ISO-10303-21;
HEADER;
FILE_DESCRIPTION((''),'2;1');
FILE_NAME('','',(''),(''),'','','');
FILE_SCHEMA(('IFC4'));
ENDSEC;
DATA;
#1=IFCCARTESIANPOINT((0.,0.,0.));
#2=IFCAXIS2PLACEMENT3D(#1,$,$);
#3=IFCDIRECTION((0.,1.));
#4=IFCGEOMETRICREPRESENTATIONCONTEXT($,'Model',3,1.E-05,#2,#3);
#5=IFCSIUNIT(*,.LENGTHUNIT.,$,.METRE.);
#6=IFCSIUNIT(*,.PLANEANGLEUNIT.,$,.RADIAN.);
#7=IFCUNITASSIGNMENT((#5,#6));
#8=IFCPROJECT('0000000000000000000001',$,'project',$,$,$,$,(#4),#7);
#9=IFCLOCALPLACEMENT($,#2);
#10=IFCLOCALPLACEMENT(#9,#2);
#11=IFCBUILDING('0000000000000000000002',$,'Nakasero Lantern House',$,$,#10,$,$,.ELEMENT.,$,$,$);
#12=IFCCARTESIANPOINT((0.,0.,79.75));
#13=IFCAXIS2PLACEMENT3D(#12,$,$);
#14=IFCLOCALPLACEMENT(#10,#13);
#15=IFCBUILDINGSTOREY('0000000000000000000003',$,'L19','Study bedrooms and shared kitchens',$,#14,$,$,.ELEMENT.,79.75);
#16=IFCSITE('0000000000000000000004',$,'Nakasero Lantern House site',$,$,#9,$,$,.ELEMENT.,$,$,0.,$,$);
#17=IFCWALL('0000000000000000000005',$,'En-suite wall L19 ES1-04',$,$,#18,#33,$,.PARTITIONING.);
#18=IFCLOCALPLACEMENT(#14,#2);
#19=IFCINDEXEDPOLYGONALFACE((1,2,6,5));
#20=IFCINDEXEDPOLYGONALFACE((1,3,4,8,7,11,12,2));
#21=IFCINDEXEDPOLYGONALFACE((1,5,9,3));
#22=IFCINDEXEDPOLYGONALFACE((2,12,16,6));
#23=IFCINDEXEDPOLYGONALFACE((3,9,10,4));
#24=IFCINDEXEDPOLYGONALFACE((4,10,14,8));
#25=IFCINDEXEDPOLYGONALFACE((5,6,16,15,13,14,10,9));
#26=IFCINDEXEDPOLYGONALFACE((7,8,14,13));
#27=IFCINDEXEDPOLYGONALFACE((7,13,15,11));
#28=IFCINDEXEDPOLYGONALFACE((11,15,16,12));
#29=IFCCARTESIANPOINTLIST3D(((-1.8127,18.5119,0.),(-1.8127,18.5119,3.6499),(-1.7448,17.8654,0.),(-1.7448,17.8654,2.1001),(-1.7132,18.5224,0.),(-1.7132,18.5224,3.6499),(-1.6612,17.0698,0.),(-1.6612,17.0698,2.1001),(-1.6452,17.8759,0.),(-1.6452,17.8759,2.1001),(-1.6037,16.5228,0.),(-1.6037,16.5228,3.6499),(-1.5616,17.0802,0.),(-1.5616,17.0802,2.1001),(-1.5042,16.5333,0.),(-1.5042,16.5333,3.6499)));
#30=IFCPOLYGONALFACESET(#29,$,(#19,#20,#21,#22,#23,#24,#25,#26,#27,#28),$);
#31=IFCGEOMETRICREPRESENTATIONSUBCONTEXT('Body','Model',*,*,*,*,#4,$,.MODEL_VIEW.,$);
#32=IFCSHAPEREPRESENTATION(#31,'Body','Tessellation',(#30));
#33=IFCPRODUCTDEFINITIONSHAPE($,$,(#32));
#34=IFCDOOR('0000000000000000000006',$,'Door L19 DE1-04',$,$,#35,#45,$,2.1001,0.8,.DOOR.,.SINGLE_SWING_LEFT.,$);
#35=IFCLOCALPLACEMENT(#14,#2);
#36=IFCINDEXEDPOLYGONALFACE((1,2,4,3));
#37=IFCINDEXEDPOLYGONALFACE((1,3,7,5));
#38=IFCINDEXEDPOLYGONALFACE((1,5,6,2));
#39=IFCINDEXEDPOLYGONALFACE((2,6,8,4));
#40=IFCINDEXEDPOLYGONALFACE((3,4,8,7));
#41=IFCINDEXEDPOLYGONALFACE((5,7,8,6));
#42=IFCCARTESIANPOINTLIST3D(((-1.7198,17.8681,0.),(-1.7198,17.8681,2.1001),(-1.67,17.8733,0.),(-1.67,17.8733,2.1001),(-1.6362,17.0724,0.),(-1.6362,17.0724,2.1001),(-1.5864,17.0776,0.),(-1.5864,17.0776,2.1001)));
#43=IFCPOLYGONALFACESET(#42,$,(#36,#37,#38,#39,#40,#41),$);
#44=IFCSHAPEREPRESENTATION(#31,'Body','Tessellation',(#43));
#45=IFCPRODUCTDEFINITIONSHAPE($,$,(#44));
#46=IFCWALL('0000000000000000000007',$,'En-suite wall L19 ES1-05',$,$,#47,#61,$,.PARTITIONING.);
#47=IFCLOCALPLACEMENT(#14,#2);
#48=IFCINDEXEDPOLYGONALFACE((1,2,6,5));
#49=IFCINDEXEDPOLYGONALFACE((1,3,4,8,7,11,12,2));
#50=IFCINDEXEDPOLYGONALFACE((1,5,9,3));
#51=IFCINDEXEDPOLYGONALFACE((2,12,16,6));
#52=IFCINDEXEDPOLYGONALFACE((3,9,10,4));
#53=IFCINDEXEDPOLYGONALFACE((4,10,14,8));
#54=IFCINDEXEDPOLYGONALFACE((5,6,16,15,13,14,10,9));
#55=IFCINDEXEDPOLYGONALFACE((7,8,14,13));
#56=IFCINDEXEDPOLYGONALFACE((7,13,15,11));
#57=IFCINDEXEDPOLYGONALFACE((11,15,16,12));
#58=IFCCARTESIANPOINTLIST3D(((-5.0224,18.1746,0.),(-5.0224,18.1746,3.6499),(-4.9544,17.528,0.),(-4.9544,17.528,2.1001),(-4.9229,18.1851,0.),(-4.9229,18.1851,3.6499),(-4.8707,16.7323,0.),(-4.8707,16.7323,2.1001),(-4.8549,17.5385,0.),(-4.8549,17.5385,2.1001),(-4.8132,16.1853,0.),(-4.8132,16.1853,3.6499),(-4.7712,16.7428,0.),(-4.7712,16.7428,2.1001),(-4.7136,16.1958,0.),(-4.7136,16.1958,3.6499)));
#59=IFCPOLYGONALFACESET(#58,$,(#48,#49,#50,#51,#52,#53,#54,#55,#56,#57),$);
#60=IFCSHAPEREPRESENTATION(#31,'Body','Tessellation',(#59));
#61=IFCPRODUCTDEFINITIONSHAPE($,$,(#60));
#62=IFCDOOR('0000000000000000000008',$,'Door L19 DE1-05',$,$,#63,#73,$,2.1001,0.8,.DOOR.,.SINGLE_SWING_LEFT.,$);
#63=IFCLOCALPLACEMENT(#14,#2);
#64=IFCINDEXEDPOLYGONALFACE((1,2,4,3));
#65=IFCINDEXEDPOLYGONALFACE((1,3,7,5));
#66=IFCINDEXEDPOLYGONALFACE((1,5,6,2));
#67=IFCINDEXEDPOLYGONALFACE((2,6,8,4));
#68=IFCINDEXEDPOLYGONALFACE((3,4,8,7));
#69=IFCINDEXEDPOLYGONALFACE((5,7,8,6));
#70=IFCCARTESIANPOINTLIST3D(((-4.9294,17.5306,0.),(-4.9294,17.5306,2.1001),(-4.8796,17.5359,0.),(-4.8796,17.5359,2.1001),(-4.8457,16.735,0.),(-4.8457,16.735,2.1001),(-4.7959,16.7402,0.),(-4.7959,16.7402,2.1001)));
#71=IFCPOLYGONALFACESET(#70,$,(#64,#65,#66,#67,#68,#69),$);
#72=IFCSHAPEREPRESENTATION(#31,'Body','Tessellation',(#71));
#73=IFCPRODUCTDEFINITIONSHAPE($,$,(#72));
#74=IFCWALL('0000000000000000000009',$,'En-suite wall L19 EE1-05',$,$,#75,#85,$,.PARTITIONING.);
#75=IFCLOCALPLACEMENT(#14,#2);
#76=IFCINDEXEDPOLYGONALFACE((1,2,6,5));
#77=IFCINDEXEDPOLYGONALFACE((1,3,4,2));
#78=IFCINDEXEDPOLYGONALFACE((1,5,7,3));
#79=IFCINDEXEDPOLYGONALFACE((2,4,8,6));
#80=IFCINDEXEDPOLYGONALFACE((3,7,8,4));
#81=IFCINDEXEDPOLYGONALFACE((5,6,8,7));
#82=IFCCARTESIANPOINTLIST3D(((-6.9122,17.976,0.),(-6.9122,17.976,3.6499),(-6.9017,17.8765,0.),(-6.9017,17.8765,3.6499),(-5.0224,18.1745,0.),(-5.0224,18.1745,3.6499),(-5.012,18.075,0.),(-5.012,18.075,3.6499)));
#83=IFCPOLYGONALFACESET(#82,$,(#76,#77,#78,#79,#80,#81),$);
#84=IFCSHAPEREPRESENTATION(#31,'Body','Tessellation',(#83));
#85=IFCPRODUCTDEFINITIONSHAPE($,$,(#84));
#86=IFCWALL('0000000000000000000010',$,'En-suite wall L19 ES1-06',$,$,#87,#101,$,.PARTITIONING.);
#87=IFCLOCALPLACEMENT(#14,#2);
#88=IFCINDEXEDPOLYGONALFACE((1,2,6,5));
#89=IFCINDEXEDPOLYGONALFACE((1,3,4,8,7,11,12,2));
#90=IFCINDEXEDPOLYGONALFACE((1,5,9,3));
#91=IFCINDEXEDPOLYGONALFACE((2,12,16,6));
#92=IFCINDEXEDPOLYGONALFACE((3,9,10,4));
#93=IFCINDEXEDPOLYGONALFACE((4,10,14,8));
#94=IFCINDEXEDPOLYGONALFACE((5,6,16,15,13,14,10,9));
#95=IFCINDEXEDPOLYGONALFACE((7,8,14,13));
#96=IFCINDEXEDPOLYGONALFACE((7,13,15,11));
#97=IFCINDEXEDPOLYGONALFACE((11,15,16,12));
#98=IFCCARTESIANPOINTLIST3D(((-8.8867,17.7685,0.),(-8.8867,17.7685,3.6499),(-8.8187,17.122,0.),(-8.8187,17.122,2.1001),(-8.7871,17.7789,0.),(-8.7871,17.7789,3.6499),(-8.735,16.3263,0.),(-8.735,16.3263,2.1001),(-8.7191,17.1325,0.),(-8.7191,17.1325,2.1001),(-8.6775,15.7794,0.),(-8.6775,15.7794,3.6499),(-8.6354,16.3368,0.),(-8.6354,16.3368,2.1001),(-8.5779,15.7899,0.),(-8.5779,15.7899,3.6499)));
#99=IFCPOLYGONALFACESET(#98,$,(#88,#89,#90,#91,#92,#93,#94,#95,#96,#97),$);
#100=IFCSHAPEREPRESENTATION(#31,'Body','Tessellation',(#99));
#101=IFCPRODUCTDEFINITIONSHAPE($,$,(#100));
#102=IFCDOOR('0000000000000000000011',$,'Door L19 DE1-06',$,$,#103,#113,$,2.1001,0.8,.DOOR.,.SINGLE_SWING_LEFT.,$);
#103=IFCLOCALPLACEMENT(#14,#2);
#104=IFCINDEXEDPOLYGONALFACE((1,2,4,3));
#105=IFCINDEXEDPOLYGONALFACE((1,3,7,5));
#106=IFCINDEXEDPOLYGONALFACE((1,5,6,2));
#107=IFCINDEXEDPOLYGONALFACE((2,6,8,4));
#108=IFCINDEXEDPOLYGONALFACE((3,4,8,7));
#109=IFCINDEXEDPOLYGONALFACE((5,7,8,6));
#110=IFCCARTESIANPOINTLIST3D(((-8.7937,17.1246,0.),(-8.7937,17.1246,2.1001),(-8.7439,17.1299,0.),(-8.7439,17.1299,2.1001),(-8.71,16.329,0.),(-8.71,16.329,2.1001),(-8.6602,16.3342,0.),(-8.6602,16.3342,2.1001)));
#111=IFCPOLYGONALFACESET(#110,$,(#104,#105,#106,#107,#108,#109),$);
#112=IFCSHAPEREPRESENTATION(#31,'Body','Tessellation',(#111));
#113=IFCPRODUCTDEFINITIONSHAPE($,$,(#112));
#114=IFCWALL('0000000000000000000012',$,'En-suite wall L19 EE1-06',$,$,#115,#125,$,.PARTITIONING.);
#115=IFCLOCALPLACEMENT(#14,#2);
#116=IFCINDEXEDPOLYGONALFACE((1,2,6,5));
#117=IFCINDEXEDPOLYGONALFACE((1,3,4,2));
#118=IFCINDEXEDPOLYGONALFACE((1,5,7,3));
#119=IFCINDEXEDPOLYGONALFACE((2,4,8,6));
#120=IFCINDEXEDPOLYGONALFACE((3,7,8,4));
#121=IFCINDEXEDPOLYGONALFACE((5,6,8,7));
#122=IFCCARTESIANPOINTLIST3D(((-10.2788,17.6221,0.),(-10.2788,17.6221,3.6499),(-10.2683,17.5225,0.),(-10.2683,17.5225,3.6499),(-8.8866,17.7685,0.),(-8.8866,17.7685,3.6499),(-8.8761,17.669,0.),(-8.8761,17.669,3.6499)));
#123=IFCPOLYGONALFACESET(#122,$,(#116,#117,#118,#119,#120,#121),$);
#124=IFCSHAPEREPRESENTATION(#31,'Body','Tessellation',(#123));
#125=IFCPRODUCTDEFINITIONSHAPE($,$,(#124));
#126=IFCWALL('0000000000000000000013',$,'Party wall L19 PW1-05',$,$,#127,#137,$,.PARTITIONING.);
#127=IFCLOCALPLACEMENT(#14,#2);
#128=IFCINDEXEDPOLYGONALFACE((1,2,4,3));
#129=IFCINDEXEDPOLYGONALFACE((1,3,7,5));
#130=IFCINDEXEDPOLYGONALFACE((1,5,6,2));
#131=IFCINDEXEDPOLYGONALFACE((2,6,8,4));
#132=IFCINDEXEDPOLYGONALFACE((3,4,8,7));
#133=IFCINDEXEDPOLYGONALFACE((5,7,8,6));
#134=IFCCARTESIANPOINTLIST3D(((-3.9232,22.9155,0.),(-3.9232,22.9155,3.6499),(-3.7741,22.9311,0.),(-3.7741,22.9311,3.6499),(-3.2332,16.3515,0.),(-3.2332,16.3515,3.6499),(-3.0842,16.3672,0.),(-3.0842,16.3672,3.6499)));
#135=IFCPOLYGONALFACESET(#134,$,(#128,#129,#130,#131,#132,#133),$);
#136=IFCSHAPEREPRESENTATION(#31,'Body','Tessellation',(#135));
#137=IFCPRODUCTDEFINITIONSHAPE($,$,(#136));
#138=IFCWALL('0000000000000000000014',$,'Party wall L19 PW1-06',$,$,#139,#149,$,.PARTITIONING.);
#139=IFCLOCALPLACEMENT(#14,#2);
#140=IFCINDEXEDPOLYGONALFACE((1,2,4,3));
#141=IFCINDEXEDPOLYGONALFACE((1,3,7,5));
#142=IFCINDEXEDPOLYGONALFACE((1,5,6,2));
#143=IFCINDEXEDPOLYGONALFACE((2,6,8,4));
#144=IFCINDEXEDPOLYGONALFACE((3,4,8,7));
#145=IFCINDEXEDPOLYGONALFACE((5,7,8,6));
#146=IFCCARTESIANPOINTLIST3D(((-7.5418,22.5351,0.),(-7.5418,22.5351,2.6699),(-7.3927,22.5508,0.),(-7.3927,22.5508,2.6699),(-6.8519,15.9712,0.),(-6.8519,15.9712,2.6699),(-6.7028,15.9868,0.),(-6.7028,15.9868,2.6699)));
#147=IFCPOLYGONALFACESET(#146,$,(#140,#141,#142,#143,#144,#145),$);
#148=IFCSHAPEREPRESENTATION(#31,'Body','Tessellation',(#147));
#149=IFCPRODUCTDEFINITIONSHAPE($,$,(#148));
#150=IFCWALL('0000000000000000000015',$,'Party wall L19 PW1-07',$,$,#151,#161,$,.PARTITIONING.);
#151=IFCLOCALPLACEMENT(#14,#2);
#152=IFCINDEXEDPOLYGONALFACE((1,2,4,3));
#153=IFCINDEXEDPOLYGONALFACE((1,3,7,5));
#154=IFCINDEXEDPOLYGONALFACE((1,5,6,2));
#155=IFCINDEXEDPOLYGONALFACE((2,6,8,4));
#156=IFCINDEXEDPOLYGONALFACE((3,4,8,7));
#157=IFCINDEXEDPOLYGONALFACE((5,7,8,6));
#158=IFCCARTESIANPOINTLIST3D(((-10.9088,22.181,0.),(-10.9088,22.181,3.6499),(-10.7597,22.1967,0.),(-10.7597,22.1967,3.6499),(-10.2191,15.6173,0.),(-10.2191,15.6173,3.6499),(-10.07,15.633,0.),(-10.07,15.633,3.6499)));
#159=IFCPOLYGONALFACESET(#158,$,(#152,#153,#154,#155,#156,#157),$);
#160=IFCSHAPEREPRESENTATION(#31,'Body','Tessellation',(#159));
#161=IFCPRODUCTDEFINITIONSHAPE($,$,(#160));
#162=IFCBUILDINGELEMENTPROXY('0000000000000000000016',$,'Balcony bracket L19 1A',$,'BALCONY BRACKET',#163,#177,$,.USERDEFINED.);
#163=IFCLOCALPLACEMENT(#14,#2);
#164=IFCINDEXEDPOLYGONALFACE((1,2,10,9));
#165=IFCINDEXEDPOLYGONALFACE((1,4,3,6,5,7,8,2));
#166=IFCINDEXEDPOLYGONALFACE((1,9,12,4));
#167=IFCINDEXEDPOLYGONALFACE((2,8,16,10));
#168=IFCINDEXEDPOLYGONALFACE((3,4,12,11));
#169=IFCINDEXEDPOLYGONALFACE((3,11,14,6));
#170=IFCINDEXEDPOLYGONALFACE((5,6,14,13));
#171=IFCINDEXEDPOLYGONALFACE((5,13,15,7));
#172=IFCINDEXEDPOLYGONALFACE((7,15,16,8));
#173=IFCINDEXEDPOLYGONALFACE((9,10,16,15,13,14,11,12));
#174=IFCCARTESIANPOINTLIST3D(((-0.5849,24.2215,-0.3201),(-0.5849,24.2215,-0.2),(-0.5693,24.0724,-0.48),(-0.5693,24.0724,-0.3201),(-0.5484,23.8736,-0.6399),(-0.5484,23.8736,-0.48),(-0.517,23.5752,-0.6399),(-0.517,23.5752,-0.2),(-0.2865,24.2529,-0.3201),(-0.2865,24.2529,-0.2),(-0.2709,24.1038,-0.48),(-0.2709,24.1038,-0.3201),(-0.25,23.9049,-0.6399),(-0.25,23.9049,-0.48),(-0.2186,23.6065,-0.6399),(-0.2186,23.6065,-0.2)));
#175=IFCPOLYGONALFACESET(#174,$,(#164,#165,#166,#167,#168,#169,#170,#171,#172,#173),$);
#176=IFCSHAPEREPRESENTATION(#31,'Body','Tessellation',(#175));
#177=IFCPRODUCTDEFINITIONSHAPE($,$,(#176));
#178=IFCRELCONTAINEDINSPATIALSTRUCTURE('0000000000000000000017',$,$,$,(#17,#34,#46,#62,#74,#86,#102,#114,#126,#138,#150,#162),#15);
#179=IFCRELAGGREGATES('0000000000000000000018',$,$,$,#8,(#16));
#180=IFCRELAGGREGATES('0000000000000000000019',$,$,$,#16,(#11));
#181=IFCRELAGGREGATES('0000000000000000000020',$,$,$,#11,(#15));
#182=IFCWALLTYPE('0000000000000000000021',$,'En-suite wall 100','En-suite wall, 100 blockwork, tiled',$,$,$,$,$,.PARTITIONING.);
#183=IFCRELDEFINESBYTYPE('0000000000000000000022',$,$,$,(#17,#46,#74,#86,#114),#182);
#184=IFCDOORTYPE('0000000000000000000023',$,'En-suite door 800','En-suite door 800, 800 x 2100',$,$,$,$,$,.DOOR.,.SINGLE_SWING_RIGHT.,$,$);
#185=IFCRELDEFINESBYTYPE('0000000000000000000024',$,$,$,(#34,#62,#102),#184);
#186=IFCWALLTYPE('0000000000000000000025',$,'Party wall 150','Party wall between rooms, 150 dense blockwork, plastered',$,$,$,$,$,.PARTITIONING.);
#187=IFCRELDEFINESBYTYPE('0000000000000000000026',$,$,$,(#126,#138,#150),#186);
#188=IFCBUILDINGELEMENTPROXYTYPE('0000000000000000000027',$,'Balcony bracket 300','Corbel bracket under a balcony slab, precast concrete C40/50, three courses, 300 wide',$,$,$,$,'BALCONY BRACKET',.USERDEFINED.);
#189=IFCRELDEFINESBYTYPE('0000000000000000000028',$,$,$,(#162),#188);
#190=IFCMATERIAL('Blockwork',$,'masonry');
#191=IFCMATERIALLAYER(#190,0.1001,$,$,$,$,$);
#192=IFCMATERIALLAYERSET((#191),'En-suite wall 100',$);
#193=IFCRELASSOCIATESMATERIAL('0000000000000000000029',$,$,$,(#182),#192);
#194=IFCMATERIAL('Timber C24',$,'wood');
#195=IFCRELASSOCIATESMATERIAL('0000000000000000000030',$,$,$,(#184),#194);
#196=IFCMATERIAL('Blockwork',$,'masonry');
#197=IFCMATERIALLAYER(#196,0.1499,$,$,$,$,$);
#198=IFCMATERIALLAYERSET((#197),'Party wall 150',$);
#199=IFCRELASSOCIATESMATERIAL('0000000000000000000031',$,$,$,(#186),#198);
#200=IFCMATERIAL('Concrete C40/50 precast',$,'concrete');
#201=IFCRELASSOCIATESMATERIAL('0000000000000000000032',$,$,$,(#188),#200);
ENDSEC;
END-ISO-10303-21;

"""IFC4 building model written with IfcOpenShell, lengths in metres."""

from ifc_helpers import new_model, si_unit, direction, frame, frame_2d, origin, place, context, subcontext, project, spatial, polyline, rectangle, outline, extrude, material, layer, layer_set, type_object, element, fill, save


model = new_model("IFC4")

# Units and contexts
model_context = context("Model", 3, precision=1e-05, world=origin(), true_north=direction((0.0, 1.0)))
body_context = subcontext(model_context, "Body", "Model", "MODEL_VIEW")
ifc_project = project(units=[si_unit("LENGTHUNIT", "METRE"), si_unit("PLANEANGLEUNIT", "RADIAN")], contexts=[model_context])

# Site, building, storey
site_placement = place(None, origin())
site = spatial("IfcSite", under=ifc_project, at=site_placement, Name="Nakasero Lantern House site", CompositionType="ELEMENT", RefElevation=0.0)
building_placement = place(site_placement, origin())
building = spatial("IfcBuilding", under=site, at=building_placement, Name="Nakasero Lantern House", CompositionType="ELEMENT")
storey_placement = place(building_placement, frame((0.0, 0.0, 79.75)))
storey = spatial("IfcBuildingStorey", under=building, at=storey_placement, Name="L19", Description="Study bedrooms and shared kitchens", CompositionType="ELEMENT", Elevation=79.75)

# Walls, openings, doors
ifc_material_1 = material(Name="Blockwork", Category="masonry")
ifc_layer_1 = layer(ifc_material_1, 0.1001)
ifc_layer_set_1 = layer_set([ifc_layer_1], Name="En-suite wall 100")
wall_type_1 = type_object("IfcWallType", Name="En-suite wall 100", Description="En-suite wall, 100 blockwork, tiled", PredefinedType="PARTITIONING", material=ifc_layer_set_1)
wall_1_placement = place(storey_placement, frame((-1.554, 16.5281, 0.0), z_axis=(0.0, 0.0, 1.0), x_axis=(-0.104494, 0.994526, 0.0)))
wall_1 = element("IfcWall", 1, at=wall_1_placement, inside=storey, type_object=wall_type_1, Name="En-suite wall L19 ES1-04", PredefinedType="PARTITIONING", context=body_context, shape_type="SweptSolid", body=[
    extrude(rectangle(XDim=2.0, YDim=0.1001, at=frame_2d((1.0, 0.0))), origin(), (0.0, 0.0, 1.0), 3.6499),
])
opening_1_placement = place(wall_1_placement, frame((0.55, 0.0, 0.0)))
opening_1 = element("IfcOpeningElement", 2, at=opening_1_placement, cuts=wall_1, PredefinedType="OPENING", context=body_context, shape_type="SweptSolid", body=[
    extrude(rectangle(XDim=0.8, YDim=2.1001, at=frame_2d((0.3999, 1.05))), frame((0.0, 0.0701, 0.0), z_axis=(0.0, -1.0, 0.0), x_axis=(1.0, 0.0, 0.0)), (0.0, 0.0, 1.0), 0.1401),
])
ifc_material_2 = material(Name="Timber C24", Category="wood")
door_type = type_object("IfcDoorType", Name="En-suite door 800", Description="En-suite door 800, 800 x 2100", OperationType="SINGLE_SWING_RIGHT", PredefinedType="DOOR", material=ifc_material_2)
door_1_placement = place(opening_1_placement, origin())
door_1 = element("IfcDoor", 3, at=door_1_placement, inside=storey, type_object=door_type, Name="Door L19 DE1-04", OperationType="SINGLE_SWING_LEFT", OverallHeight=2.1001, OverallWidth=0.8, PredefinedType="DOOR", context=body_context, shape_type="SweptSolid", body=[
    extrude(rectangle(XDim=0.8, YDim=2.1001, at=frame_2d((0.3999, 1.05))), frame((0.0, 0.0249, 0.0), z_axis=(0.0, -1.0, 0.0), x_axis=(1.0, 0.0, 0.0)), (0.0, 0.0, 1.0), 0.05),
])
fill(opening_1, door_1)
wall_2_placement = place(storey_placement, frame((-4.7634, 16.1907, 0.0), z_axis=(0.0, 0.0, 1.0), x_axis=(-0.104602, 0.994514, 0.0)))
wall_2 = element("IfcWall", 4, at=wall_2_placement, inside=storey, type_object=wall_type_1, Name="En-suite wall L19 ES1-05", PredefinedType="PARTITIONING", context=body_context, shape_type="SweptSolid", body=[
    extrude(rectangle(XDim=2.0002, YDim=0.1001, at=frame_2d((1.0, 0.0))), origin(), (0.0, 0.0, 1.0), 3.6499),
])
opening_2_placement = place(wall_2_placement, frame((0.55, 0.0, 0.0)))
opening_2 = element("IfcOpeningElement", 5, at=opening_2_placement, cuts=wall_2, PredefinedType="OPENING", context=body_context, shape_type="SweptSolid", body=[
    extrude(rectangle(XDim=0.8, YDim=2.1001, at=frame_2d((0.3999, 1.05))), frame((0.0, 0.0701, 0.0), z_axis=(0.0, -1.0, 0.0), x_axis=(1.0, 0.0, 0.0)), (0.0, 0.0, 1.0), 0.1401),
])
door_2_placement = place(opening_2_placement, origin())
door_2 = element("IfcDoor", 6, at=door_2_placement, inside=storey, type_object=door_type, Name="Door L19 DE1-05", OperationType="SINGLE_SWING_LEFT", OverallHeight=2.1001, OverallWidth=0.8, PredefinedType="DOOR", context=body_context, shape_type="SweptSolid", body=[
    extrude(rectangle(XDim=0.8, YDim=2.1001, at=frame_2d((0.3999, 1.05))), frame((0.0, 0.0249, 0.0), z_axis=(0.0, -1.0, 0.0), x_axis=(1.0, 0.0, 0.0)), (0.0, 0.0, 1.0), 0.05),
])
fill(opening_2, door_2)

# Wall
wall_3_placement = place(storey_placement, frame((-5.0171, 18.1248, 0.0), z_axis=(0.0, 0.0, 1.0), x_axis=(-0.994529, -0.104464, 0.0)))
element("IfcWall", 7, at=wall_3_placement, inside=storey, type_object=wall_type_1, Name="En-suite wall L19 EE1-05", PredefinedType="PARTITIONING", context=body_context, shape_type="SweptSolid", body=[
    extrude(rectangle(XDim=1.9001, YDim=0.1001, at=frame_2d((0.9502, 0.0))), origin(), (0.0, 0.0, 1.0), 3.6499),
])

# Wall, opening, door
wall_4_placement = place(storey_placement, frame((-8.6277, 15.7847, 0.0), z_axis=(0.0, 0.0, 1.0), x_axis=(-0.104615, 0.994513, 0.0)))
wall_4 = element("IfcWall", 8, at=wall_4_placement, inside=storey, type_object=wall_type_1, Name="En-suite wall L19 ES1-06", PredefinedType="PARTITIONING", context=body_context, shape_type="SweptSolid", body=[
    extrude(rectangle(XDim=2.0, YDim=0.1001, at=frame_2d((1.0, 0.0))), origin(), (0.0, 0.0, 1.0), 3.6499),
])
opening_3_placement = place(wall_4_placement, frame((0.55, 0.0, 0.0)))
opening_3 = element("IfcOpeningElement", 9, at=opening_3_placement, cuts=wall_4, PredefinedType="OPENING", context=body_context, shape_type="SweptSolid", body=[
    extrude(rectangle(XDim=0.8, YDim=2.1001, at=frame_2d((0.3999, 1.05))), frame((0.0, 0.0701, 0.0), z_axis=(0.0, -1.0, 0.0), x_axis=(1.0, 0.0, 0.0)), (0.0, 0.0, 1.0), 0.1401),
])
door_3_placement = place(opening_3_placement, origin())
door_3 = element("IfcDoor", 10, at=door_3_placement, inside=storey, type_object=door_type, Name="Door L19 DE1-06", OperationType="SINGLE_SWING_LEFT", OverallHeight=2.1001, OverallWidth=0.8, PredefinedType="DOOR", context=body_context, shape_type="SweptSolid", body=[
    extrude(rectangle(XDim=0.8, YDim=2.1001, at=frame_2d((0.3999, 1.05))), frame((0.0, 0.0249, 0.0), z_axis=(0.0, -1.0, 0.0), x_axis=(1.0, 0.0, 0.0)), (0.0, 0.0, 1.0), 0.05),
])
fill(opening_3, door_3)

# Walls
wall_5_placement = place(storey_placement, frame((-8.8813, 17.7188, 0.0), z_axis=(0.0, 0.0, 1.0), x_axis=(-0.994511, -0.10463, 0.0)))
element("IfcWall", 11, at=wall_5_placement, inside=storey, type_object=wall_type_1, Name="En-suite wall L19 EE1-06", PredefinedType="PARTITIONING", context=body_context, shape_type="SweptSolid", body=[
    extrude(rectangle(XDim=1.3999, YDim=0.1001, at=frame_2d((0.7, 0.0))), origin(), (0.0, 0.0, 1.0), 3.6499),
])
ifc_material_3 = material(Name="Blockwork", Category="masonry")
ifc_layer_2 = layer(ifc_material_3, 0.1499)
ifc_layer_set_2 = layer_set([ifc_layer_2], Name="Party wall 150")
wall_type_2 = type_object("IfcWallType", Name="Party wall 150", Description="Party wall between rooms, 150 dense blockwork, plastered", PredefinedType="PARTITIONING", material=ifc_layer_set_2)
wall_6_placement = place(storey_placement, frame((-3.1587, 16.3594, 0.0), z_axis=(0.0, 0.0, 1.0), x_axis=(-0.104535, 0.994521, 0.0)))
element("IfcWall", 12, at=wall_6_placement, inside=storey, type_object=wall_type_2, Name="Party wall L19 PW1-05", PredefinedType="PARTITIONING", context=body_context, shape_type="SweptSolid", body=[
    extrude(rectangle(XDim=6.6001, YDim=0.1499, at=frame_2d((3.3, 0.0))), origin(), (0.0, 0.0, 1.0), 3.6499),
])
wall_7_placement = place(storey_placement, frame((-6.7773, 15.979, 0.0), z_axis=(0.0, 0.0, 1.0), x_axis=(-0.104535, 0.994521, 0.0)))
element("IfcWall", 13, at=wall_7_placement, inside=storey, type_object=wall_type_2, Name="Party wall L19 PW1-06", PredefinedType="PARTITIONING", context=body_context, shape_type="SweptSolid", body=[
    extrude(rectangle(XDim=6.6001, YDim=0.1499, at=frame_2d((3.3, 0.0))), origin(), (0.0, 0.0, 1.0), 2.6699),
])
wall_8_placement = place(storey_placement, frame((-10.1445, 15.6252, 0.0), z_axis=(0.0, 0.0, 1.0), x_axis=(-0.104502, 0.994525, 0.0)))
element("IfcWall", 14, at=wall_8_placement, inside=storey, type_object=wall_type_2, Name="Party wall L19 PW1-07", PredefinedType="PARTITIONING", context=body_context, shape_type="SweptSolid", body=[
    extrude(rectangle(XDim=6.5999, YDim=0.1499, at=frame_2d((3.2998, 0.0))), origin(), (0.0, 0.0, 1.0), 3.6499),
])

# Building element proxy
ifc_material_4 = material(Name="Concrete C40/50 precast", Category="concrete")
building_element_proxy_type = type_object("IfcBuildingElementProxyType", Name="Balcony bracket 300", Description="Corbel bracket under a balcony slab, precast concrete C40/50, three courses, 300 wide", ElementType="BALCONY BRACKET", PredefinedType="USERDEFINED", material=ifc_material_4)
for number, where, z_axis, x_axis, name in (
    (15, (-0.3679, 23.5908, -0.2), (0.0, 0.0, 1.0), (-0.104528, 0.994522, 0.0), "Balcony bracket L19 1A"),
):
    element("IfcBuildingElementProxy", number, at=place(storey_placement, frame(where, z_axis=z_axis, x_axis=x_axis)), inside=storey, type_object=building_element_proxy_type, Name=name, ObjectType="BALCONY BRACKET", PredefinedType="USERDEFINED", context=body_context, shape_type="SweptSolid", body=[
        extrude(outline(polyline([(0.0, 0.0), (0.6499, 0.0), (0.6499, -0.1201), (0.5, -0.1201), (0.5, -0.28), (0.3, -0.28), (0.3, -0.4399), (0.0, -0.4399), (0.0, 0.0)])), frame((0.0, 0.1499, 0.0), z_axis=(0.0, -1.0, 0.0), x_axis=(1.0, 0.0, 0.0)), (0.0, 0.0, 1.0), 0.3),
    ])

save(model, "model.ifc")
